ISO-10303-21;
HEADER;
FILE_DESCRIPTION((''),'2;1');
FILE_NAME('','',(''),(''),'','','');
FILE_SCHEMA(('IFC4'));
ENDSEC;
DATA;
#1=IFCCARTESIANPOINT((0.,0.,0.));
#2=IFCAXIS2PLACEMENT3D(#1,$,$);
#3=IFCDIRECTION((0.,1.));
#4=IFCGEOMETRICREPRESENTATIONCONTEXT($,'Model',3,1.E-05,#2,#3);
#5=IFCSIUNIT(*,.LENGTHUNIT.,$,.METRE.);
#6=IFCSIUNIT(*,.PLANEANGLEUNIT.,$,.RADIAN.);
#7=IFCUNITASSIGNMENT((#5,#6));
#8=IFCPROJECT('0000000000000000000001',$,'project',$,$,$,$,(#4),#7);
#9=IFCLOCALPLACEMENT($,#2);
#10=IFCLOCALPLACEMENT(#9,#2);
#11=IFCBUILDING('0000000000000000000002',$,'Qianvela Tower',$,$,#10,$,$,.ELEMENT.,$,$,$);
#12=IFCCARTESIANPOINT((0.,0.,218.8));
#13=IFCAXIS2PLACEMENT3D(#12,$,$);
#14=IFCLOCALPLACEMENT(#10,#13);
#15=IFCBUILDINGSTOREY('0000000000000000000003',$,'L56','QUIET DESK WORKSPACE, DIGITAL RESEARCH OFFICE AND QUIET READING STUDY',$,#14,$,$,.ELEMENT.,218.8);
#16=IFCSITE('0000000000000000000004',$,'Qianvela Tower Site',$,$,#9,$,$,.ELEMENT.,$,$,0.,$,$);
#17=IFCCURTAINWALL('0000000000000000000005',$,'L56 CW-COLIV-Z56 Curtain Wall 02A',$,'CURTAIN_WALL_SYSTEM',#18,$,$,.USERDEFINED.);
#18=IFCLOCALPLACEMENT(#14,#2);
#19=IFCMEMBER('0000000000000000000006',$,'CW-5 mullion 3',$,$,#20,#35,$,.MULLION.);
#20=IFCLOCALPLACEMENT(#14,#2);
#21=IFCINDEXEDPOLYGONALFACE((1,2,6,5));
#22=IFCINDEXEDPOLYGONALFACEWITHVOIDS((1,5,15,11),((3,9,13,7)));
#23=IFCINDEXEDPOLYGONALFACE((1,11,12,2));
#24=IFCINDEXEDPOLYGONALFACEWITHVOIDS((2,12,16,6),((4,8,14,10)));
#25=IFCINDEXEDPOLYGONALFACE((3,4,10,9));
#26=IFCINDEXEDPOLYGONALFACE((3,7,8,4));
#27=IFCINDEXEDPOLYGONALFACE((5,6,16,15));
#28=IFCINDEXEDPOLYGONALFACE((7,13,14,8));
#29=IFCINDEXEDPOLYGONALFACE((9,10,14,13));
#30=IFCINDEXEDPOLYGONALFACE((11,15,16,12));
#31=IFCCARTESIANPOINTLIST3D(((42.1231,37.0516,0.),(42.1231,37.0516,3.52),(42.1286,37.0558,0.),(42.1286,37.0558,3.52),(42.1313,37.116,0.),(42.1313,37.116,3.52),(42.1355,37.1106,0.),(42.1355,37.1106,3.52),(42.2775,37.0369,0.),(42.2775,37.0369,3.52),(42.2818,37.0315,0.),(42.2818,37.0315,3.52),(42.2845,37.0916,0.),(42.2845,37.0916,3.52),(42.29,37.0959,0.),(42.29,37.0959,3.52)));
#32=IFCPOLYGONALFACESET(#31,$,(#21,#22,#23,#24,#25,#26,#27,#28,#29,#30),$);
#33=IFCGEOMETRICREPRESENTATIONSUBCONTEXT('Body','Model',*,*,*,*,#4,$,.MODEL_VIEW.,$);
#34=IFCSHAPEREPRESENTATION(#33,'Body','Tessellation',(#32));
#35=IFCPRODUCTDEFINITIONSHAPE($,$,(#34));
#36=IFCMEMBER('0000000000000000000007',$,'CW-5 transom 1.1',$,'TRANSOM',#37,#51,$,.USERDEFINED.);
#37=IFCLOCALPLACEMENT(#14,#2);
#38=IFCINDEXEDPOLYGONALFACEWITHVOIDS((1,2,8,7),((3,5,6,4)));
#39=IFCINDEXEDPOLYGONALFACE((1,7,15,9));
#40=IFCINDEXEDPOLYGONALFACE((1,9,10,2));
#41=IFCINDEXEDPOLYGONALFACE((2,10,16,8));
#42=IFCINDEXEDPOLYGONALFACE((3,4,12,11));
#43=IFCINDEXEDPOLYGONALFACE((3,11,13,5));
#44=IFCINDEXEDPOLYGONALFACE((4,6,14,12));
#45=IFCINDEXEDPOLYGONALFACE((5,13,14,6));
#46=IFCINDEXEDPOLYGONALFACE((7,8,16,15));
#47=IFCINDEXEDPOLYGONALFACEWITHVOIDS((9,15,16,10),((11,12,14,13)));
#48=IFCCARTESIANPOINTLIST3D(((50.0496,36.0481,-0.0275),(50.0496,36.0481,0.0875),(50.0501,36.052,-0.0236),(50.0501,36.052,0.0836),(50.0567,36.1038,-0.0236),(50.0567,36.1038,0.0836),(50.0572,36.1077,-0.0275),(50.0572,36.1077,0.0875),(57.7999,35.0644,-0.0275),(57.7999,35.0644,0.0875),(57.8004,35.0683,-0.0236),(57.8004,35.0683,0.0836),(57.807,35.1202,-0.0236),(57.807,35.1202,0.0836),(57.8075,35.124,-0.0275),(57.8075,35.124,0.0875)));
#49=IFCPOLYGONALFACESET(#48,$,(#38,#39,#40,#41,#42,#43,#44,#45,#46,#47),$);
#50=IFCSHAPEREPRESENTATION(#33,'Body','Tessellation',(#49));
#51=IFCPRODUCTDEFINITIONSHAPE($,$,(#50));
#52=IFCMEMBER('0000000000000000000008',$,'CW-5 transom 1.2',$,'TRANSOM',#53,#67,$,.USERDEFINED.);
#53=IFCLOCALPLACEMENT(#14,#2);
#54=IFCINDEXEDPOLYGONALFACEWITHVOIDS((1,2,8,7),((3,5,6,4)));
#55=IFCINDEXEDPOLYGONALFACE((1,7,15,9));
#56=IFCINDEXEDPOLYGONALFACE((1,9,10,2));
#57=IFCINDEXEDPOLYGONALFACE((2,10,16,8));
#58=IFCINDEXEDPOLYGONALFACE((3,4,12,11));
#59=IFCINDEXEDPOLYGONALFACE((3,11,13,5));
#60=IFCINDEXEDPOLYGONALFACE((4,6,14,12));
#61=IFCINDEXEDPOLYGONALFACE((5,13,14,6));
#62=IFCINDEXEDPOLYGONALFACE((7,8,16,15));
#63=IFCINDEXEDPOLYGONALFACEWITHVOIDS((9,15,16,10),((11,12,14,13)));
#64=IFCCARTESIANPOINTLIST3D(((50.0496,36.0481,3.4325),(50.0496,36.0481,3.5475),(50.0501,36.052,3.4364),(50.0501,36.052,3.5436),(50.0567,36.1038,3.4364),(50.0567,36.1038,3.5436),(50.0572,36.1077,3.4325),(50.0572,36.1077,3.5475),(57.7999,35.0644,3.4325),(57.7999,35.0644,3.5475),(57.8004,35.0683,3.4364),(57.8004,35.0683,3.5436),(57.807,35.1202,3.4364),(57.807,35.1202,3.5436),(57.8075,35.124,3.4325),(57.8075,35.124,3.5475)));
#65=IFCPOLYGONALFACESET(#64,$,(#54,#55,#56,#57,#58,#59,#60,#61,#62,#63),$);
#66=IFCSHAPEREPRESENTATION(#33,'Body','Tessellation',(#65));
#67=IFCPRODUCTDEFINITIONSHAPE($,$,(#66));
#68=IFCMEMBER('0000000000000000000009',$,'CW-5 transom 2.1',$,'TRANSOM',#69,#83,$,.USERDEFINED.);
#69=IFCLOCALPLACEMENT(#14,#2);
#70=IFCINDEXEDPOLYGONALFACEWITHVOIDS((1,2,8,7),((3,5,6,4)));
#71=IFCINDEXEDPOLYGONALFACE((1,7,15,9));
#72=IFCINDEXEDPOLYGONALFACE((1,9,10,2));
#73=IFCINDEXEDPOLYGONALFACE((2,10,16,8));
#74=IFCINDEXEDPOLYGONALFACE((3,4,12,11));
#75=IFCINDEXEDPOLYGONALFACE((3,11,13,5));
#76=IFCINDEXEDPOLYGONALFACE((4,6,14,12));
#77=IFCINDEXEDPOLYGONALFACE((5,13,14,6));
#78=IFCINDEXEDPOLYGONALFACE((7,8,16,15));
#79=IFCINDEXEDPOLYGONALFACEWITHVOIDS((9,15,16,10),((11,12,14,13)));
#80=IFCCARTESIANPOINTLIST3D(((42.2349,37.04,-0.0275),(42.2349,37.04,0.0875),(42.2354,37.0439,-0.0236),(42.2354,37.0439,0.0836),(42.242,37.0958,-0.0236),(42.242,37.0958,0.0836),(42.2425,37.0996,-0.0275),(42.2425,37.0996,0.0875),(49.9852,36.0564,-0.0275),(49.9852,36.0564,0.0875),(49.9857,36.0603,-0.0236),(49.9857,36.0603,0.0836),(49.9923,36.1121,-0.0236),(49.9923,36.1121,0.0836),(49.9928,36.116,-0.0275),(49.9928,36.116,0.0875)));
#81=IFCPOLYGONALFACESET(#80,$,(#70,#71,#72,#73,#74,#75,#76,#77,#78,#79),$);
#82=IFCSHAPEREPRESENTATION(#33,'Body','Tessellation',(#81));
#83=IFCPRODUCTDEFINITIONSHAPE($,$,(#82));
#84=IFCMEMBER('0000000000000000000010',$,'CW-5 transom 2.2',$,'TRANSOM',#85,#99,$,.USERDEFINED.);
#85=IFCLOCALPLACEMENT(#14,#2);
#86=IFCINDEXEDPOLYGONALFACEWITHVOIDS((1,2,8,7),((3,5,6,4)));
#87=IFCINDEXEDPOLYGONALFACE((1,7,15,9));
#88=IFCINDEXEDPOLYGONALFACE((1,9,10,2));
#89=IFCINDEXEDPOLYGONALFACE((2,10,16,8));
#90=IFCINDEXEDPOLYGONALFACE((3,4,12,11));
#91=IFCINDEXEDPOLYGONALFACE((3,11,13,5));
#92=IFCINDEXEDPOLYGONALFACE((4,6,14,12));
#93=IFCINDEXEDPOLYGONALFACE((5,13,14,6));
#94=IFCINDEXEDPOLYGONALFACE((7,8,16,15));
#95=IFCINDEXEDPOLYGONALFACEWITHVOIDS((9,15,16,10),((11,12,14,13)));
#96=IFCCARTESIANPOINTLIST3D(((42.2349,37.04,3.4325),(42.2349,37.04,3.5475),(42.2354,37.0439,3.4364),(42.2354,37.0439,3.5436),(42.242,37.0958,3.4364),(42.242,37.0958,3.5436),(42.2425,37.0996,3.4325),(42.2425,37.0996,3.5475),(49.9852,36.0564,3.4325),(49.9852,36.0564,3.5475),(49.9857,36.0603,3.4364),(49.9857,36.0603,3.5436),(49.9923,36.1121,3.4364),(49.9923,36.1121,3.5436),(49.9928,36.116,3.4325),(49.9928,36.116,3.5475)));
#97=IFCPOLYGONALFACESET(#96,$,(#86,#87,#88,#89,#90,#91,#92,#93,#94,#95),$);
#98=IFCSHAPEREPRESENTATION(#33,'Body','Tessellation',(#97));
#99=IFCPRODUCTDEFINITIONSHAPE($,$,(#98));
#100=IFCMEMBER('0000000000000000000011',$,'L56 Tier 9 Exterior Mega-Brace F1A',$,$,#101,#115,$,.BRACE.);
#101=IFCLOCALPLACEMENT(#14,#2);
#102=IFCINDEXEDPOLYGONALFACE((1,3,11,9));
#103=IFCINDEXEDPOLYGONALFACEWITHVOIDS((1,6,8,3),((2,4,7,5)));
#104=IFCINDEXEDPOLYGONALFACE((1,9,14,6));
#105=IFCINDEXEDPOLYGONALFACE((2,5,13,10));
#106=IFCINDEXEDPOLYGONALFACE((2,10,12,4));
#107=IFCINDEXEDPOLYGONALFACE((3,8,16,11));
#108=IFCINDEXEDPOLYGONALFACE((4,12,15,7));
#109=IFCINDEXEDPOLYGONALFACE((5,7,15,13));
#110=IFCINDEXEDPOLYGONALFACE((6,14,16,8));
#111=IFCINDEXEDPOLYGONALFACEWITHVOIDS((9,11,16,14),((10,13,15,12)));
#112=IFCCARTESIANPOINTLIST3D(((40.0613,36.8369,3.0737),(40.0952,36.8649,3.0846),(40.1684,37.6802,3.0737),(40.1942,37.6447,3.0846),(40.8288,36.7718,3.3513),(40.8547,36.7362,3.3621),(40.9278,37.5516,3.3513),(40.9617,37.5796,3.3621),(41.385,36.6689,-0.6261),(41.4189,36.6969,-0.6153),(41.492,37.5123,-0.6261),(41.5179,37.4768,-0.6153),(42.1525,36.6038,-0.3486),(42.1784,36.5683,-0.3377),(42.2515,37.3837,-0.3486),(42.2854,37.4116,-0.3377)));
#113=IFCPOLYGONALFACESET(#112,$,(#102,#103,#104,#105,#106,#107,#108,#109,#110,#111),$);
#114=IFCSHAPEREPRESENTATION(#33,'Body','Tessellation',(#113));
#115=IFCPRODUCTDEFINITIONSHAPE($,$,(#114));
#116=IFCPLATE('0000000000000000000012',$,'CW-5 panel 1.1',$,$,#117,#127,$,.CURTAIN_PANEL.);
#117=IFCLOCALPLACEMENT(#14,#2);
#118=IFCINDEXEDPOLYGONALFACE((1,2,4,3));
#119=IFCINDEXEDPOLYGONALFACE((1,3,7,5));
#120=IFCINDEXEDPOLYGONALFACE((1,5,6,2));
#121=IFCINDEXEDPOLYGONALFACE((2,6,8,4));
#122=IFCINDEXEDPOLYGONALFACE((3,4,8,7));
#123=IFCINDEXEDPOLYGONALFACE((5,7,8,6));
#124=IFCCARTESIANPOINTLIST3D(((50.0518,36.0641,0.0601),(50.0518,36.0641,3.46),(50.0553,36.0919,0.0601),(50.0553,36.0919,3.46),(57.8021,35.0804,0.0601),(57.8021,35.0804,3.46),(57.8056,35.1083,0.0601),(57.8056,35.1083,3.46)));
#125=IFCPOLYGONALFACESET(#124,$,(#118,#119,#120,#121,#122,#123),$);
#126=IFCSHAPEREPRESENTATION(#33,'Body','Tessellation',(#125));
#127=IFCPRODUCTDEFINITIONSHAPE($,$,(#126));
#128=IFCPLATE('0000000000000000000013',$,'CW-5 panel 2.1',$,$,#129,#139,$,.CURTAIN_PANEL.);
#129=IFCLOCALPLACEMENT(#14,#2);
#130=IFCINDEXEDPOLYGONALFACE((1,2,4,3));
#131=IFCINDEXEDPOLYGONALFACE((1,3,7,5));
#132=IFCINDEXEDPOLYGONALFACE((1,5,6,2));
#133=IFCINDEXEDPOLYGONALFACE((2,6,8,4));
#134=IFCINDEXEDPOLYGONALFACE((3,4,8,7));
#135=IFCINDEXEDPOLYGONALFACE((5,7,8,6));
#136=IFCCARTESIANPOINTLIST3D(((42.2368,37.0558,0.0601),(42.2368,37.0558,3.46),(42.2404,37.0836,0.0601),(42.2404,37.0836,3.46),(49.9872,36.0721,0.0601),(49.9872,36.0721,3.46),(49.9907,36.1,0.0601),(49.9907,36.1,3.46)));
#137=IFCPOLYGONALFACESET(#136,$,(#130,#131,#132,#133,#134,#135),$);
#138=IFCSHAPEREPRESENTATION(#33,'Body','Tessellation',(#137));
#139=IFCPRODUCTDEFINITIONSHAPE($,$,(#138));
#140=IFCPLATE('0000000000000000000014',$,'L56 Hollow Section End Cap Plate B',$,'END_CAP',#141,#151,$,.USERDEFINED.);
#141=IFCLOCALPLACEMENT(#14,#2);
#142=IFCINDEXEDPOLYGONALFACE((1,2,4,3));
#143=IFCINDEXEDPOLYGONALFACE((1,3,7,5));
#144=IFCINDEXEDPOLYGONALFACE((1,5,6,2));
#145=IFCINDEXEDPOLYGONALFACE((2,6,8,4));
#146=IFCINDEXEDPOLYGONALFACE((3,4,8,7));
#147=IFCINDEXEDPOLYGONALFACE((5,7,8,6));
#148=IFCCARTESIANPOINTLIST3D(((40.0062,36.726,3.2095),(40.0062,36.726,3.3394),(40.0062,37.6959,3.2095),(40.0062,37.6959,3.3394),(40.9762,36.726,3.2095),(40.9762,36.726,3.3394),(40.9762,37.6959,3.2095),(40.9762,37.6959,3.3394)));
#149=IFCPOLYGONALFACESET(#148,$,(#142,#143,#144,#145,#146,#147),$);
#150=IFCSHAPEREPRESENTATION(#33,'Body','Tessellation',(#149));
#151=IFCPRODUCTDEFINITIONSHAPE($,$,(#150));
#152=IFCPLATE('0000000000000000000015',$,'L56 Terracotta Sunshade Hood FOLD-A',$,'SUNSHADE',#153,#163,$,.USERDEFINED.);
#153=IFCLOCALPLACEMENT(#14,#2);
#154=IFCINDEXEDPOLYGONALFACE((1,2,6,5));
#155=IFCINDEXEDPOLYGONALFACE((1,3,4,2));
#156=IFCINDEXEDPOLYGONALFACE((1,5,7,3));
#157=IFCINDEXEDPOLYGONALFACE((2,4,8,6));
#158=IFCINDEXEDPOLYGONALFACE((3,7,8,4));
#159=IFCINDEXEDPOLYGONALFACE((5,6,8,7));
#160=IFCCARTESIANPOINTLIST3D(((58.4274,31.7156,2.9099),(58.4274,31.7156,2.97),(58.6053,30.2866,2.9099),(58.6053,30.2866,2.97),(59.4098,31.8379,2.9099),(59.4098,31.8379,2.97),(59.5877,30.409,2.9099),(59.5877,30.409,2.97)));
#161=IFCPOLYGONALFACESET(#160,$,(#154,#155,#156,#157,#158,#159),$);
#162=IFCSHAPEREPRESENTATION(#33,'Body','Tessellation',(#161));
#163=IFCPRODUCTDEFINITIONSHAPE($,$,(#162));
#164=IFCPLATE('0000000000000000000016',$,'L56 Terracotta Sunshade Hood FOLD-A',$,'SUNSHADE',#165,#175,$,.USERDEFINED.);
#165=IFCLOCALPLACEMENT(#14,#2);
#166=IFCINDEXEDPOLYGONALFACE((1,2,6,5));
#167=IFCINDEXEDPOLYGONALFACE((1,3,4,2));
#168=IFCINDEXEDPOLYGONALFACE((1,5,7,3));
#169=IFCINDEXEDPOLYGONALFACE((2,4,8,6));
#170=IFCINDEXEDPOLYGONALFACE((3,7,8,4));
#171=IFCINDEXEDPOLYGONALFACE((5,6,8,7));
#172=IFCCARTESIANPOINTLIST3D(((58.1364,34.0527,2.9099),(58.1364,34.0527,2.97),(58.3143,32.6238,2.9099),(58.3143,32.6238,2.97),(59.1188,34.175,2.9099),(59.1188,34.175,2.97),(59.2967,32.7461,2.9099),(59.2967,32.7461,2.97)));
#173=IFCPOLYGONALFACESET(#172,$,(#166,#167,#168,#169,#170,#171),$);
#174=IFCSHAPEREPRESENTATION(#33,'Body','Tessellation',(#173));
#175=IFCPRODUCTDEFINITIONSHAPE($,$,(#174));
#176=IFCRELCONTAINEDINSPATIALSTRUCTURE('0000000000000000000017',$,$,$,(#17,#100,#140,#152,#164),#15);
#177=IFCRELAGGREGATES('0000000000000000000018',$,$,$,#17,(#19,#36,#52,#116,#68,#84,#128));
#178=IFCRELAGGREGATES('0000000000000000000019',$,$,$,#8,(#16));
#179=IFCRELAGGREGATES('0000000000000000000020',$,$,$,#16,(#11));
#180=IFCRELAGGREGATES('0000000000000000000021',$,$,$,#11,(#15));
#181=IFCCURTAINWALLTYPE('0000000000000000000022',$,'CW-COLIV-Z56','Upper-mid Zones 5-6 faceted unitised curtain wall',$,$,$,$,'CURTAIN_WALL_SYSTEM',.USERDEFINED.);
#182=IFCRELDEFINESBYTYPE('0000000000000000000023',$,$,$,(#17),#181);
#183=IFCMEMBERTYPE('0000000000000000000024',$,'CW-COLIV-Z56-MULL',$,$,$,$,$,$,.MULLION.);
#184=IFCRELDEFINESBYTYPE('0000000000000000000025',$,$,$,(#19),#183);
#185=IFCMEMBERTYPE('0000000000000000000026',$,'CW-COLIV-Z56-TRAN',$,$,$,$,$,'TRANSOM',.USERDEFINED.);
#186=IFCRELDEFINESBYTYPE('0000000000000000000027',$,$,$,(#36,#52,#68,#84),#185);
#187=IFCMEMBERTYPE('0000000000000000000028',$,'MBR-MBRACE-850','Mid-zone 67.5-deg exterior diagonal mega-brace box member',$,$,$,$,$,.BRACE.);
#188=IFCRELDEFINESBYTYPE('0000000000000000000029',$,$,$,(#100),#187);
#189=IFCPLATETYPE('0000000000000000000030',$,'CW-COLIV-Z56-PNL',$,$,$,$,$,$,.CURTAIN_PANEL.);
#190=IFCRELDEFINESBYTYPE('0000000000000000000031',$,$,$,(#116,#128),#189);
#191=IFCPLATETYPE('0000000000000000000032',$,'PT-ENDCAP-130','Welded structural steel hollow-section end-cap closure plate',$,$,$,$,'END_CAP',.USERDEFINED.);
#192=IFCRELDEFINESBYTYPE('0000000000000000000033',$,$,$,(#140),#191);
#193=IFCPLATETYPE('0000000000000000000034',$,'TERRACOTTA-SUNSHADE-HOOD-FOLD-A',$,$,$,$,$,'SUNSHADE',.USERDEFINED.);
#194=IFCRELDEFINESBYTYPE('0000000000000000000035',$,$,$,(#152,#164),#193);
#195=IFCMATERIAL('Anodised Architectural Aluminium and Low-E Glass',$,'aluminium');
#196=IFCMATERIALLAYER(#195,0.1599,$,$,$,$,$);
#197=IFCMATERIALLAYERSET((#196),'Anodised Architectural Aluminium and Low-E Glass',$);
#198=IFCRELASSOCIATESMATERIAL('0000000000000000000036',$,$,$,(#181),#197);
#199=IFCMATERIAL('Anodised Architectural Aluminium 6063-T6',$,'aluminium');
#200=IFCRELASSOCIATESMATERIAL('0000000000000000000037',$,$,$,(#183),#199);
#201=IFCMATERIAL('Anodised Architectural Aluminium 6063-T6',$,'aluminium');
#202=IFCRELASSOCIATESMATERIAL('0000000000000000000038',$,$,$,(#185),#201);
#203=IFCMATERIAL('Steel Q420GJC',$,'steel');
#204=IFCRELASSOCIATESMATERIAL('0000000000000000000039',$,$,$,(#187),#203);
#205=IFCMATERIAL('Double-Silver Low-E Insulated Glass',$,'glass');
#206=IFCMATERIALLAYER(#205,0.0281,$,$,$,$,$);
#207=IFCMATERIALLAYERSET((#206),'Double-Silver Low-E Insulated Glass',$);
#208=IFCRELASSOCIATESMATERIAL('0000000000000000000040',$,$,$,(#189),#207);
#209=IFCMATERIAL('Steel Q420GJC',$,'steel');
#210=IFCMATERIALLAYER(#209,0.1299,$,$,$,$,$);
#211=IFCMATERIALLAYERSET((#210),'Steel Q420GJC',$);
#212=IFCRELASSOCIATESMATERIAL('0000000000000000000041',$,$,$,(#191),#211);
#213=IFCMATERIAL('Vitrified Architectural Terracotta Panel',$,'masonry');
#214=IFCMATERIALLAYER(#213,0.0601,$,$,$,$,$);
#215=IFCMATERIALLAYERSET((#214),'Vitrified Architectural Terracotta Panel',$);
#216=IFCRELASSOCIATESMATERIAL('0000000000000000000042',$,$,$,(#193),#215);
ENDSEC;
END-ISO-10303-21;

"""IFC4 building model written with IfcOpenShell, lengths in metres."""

from ifc_helpers import new_model, si_unit, direction, frame, origin, origin_2d, place, context, subcontext, project, spatial, rectangle, hollow_rectangle, extrude, material, layer, layer_set, material_profile, profile_set, type_object, element, aggregate, save


model = new_model("IFC4")

# Units and contexts
model_context = context("Model", 3, precision=1e-05, world=origin(), true_north=direction((0.0, 1.0)))
body_context = subcontext(model_context, "Body", "Model", "MODEL_VIEW")
ifc_project = project(units=[si_unit("LENGTHUNIT", "METRE"), si_unit("PLANEANGLEUNIT", "RADIAN")], contexts=[model_context])

# Site, building, storey
site_placement = place(None, origin())
site = spatial("IfcSite", under=ifc_project, at=site_placement, Name="Qianvela Tower Site", CompositionType="ELEMENT", RefElevation=0.0)
building_placement = place(site_placement, origin())
building = spatial("IfcBuilding", under=site, at=building_placement, Name="Qianvela Tower", CompositionType="ELEMENT")
storey_placement = place(building_placement, frame((0.0, 0.0, 218.8)))
storey = spatial("IfcBuildingStorey", under=building, at=storey_placement, Name="L56", Description="QUIET DESK WORKSPACE, DIGITAL RESEARCH OFFICE AND QUIET READING STUDY", CompositionType="ELEMENT", Elevation=218.8)

# Curtain wall, members
ifc_material_1 = material(Name="Anodised Architectural Aluminium and Low-E Glass", Category="aluminium")
ifc_layer_1 = layer(ifc_material_1, 0.1599)
ifc_layer_set_1 = layer_set([ifc_layer_1], Name="Anodised Architectural Aluminium and Low-E Glass")
curtain_wall_type_1 = type_object("IfcCurtainWallType", Name="CW-COLIV-Z56", Description="Upper-mid Zones 5-6 faceted unitised curtain wall", ElementType="CURTAIN_WALL_SYSTEM", PredefinedType="USERDEFINED", material=ifc_layer_set_1)
curtain_wall_1_placement = place(storey_placement, origin())
curtain_wall_1 = element("IfcCurtainWall", 1, at=curtain_wall_1_placement, inside=storey, type_object=curtain_wall_type_1, Name="L56 CW-COLIV-Z56 Curtain Wall 02A", ObjectType="CURTAIN_WALL_SYSTEM", PredefinedType="USERDEFINED")
ifc_material_2 = material(Name="Anodised Architectural Aluminium 6063-T6", Category="aluminium")
ifc_material_profile_1 = material_profile(ifc_material_2, hollow_rectangle(XDim=0.0649, YDim=0.1599, WallThickness=0.0049, at=origin_2d()), Name="ALU-MULL-65x160")
ifc_profile_set_1 = profile_set([ifc_material_profile_1], Name="Anodised Architectural Aluminium 6063-T6")
member_type_1 = type_object("IfcMemberType", Name="CW-COLIV-Z56-MULL", PredefinedType="MULLION", material=ifc_profile_set_1)
member_1_placement = place(storey_placement, frame((42.2065, 37.0737, 0.0), z_axis=(0.0, 0.0, 1.0), x_axis=(-0.125904, -0.992042, 0.0)))
member_1 = element("IfcMember", 2, at=member_1_placement, type_object=member_type_1, Name="CW-5 mullion 3", PredefinedType="MULLION", context=body_context, shape_type="SweptSolid", body=[
    extrude(hollow_rectangle(XDim=0.0649, YDim=0.1599, WallThickness=0.0049, at=origin_2d()), origin(), (0.0, 0.0, 1.0), 3.52),
])
ifc_material_3 = material(Name="Anodised Architectural Aluminium 6063-T6", Category="aluminium")
ifc_material_profile_2 = material_profile(ifc_material_3, hollow_rectangle(XDim=0.0601, YDim=0.115, WallThickness=0.0039, at=origin_2d()), Name="ALU-TRAN-60x115")
ifc_profile_set_2 = profile_set([ifc_material_profile_2], Name="Anodised Architectural Aluminium 6063-T6")
member_type_2 = type_object("IfcMemberType", Name="CW-COLIV-Z56-TRAN", ElementType="TRANSOM", PredefinedType="USERDEFINED", material=ifc_profile_set_2)
member_2_placement = place(storey_placement, frame((57.8037, 35.0942, 0.03), z_axis=(-0.992042, 0.125908, 0.0), x_axis=(-0.125908, -0.992042, 0.0)))
member_2 = element("IfcMember", 3, at=member_2_placement, type_object=member_type_2, Name="CW-5 transom 1.1", ObjectType="TRANSOM", PredefinedType="USERDEFINED", context=body_context, shape_type="SweptSolid", body=[
    extrude(hollow_rectangle(XDim=0.0601, YDim=0.115, WallThickness=0.0039, at=origin_2d()), origin(), (0.0, 0.0, 1.0), 7.8125),
])
member_3_placement = place(storey_placement, frame((57.8037, 35.0942, 3.49), z_axis=(-0.992042, 0.125908, 0.0), x_axis=(-0.125908, -0.992042, 0.0)))
member_3 = element("IfcMember", 4, at=member_3_placement, type_object=member_type_2, Name="CW-5 transom 1.2", ObjectType="TRANSOM", PredefinedType="USERDEFINED", context=body_context, shape_type="SweptSolid", body=[
    extrude(hollow_rectangle(XDim=0.0601, YDim=0.115, WallThickness=0.0039, at=origin_2d()), origin(), (0.0, 0.0, 1.0), 7.8125),
])
member_4_placement = place(storey_placement, frame((49.989, 36.0862, 0.03), z_axis=(-0.992042, 0.125908, 0.0), x_axis=(-0.125908, -0.992042, 0.0)))
member_4 = element("IfcMember", 5, at=member_4_placement, type_object=member_type_2, Name="CW-5 transom 2.1", ObjectType="TRANSOM", PredefinedType="USERDEFINED", context=body_context, shape_type="SweptSolid", body=[
    extrude(hollow_rectangle(XDim=0.0601, YDim=0.115, WallThickness=0.0039, at=origin_2d()), origin(), (0.0, 0.0, 1.0), 7.8125),
])
member_5_placement = place(storey_placement, frame((49.989, 36.0862, 3.49), z_axis=(-0.992042, 0.125908, 0.0), x_axis=(-0.125908, -0.992042, 0.0)))
member_5 = element("IfcMember", 6, at=member_5_placement, type_object=member_type_2, Name="CW-5 transom 2.2", ObjectType="TRANSOM", PredefinedType="USERDEFINED", context=body_context, shape_type="SweptSolid", body=[
    extrude(hollow_rectangle(XDim=0.0601, YDim=0.115, WallThickness=0.0039, at=origin_2d()), origin(), (0.0, 0.0, 1.0), 7.8125),
])

# Member
ifc_material_4 = material(Name="Steel Q420GJC", Category="steel")
ifc_material_profile_3 = material_profile(ifc_material_4, hollow_rectangle(XDim=0.8501, YDim=0.8501, WallThickness=0.032, at=origin_2d()), Name="MBOX-850x850x32")
ifc_profile_set_3 = profile_set([ifc_material_profile_3], Name="Steel Q420GJC")
member_type_3 = type_object("IfcMemberType", Name="MBR-MBRACE-850", Description="Mid-zone 67.5-deg exterior diagonal mega-brace box member", PredefinedType="BRACE", material=ifc_profile_set_3)
member_6_placement = place(storey_placement, frame((41.8352, 37.0403, -0.4819), z_axis=(-0.336552, 0.042705, 0.940696), x_axis=(-0.125881, -0.992045, 0.0)))
element("IfcMember", 7, at=member_6_placement, inside=storey, type_object=member_type_3, Name="L56 Tier 9 Exterior Mega-Brace F1A", PredefinedType="BRACE", context=body_context, shape_type="SweptSolid", body=[
    extrude(hollow_rectangle(XDim=0.8501, YDim=0.8501, WallThickness=0.032, at=origin_2d()), origin(), (0.0, 0.0, 1.0), 3.9331),
])

# Plates
ifc_material_5 = material(Name="Double-Silver Low-E Insulated Glass", Category="glass")
ifc_layer_2 = layer(ifc_material_5, 0.0281)
ifc_layer_set_2 = layer_set([ifc_layer_2], Name="Double-Silver Low-E Insulated Glass")
plate_type_1 = type_object("IfcPlateType", Name="CW-COLIV-Z56-PNL", PredefinedType="CURTAIN_PANEL", material=ifc_layer_set_2)
plate_1_placement = place(storey_placement, frame((53.9287, 35.5862, 0.0601), z_axis=(0.0, 0.0, 1.0), x_axis=(-0.992042, 0.125904, 0.0)))
plate_1 = element("IfcPlate", 8, at=plate_1_placement, type_object=plate_type_1, Name="CW-5 panel 1.1", PredefinedType="CURTAIN_PANEL", context=body_context, shape_type="SweptSolid", body=[
    extrude(rectangle(XDim=7.8125, YDim=0.0281, at=origin_2d()), origin(), (0.0, 0.0, 1.0), 3.3999),
])
plate_2_placement = place(storey_placement, frame((46.1138, 36.5779, 0.0601), z_axis=(0.0, 0.0, 1.0), x_axis=(-0.992042, 0.125904, 0.0)))
plate_2 = element("IfcPlate", 9, at=plate_2_placement, type_object=plate_type_1, Name="CW-5 panel 2.1", PredefinedType="CURTAIN_PANEL", context=body_context, shape_type="SweptSolid", body=[
    extrude(rectangle(XDim=7.8125, YDim=0.0281, at=origin_2d()), origin(), (0.0, 0.0, 1.0), 3.3999),
])
aggregate(curtain_wall_1, [member_1, member_2, member_3, plate_1, member_4, member_5, plate_2])

# Plates
ifc_material_6 = material(Name="Steel Q420GJC", Category="steel")
ifc_layer_3 = layer(ifc_material_6, 0.1299)
ifc_layer_set_3 = layer_set([ifc_layer_3], Name="Steel Q420GJC")
plate_type_2 = type_object("IfcPlateType", Name="PT-ENDCAP-130", Description="Welded structural steel hollow-section end-cap closure plate", ElementType="END_CAP", PredefinedType="USERDEFINED", material=ifc_layer_set_3)
plate_3_placement = place(storey_placement, frame((40.4912, 37.2109, 3.2095), z_axis=(0.0, 0.0, 1.0), x_axis=(1.0, 0.0, 0.0)))
element("IfcPlate", 10, at=plate_3_placement, inside=storey, type_object=plate_type_2, Name="L56 Hollow Section End Cap Plate B", ObjectType="END_CAP", PredefinedType="USERDEFINED", context=body_context, shape_type="SweptSolid", body=[
    extrude(rectangle(XDim=0.97, YDim=0.97, at=origin_2d()), origin(), (0.0, 0.0, 1.0), 0.1299),
])
ifc_material_7 = material(Name="Vitrified Architectural Terracotta Panel", Category="masonry")
ifc_layer_4 = layer(ifc_material_7, 0.0601)
ifc_layer_set_4 = layer_set([ifc_layer_4], Name="Vitrified Architectural Terracotta Panel")
plate_type_3 = type_object("IfcPlateType", Name="TERRACOTTA-SUNSHADE-HOOD-FOLD-A", ElementType="SUNSHADE", PredefinedType="USERDEFINED", material=ifc_layer_set_4)
for number, where, z_axis, x_axis, name in (
    (11, (59.0076, 31.0623, 2.9099), (0.0, 0.0, 1.0), (-0.123548, 0.992339, 0.0), "L56 Terracotta Sunshade Hood FOLD-A"),
    (12, (58.7166, 33.3994, 2.9099), (0.0, 0.0, 1.0), (-0.123548, 0.992339, 0.0), "L56 Terracotta Sunshade Hood FOLD-A"),
):
    element("IfcPlate", number, at=place(storey_placement, frame(where, z_axis=z_axis, x_axis=x_axis)), inside=storey, type_object=plate_type_3, Name=name, ObjectType="SUNSHADE", PredefinedType="USERDEFINED", context=body_context, shape_type="SweptSolid", body=[
        extrude(rectangle(XDim=1.4399, YDim=0.99, at=origin_2d()), origin(), (0.0, 0.0, 1.0), 0.0601),
    ])

save(model, "model.ifc")
